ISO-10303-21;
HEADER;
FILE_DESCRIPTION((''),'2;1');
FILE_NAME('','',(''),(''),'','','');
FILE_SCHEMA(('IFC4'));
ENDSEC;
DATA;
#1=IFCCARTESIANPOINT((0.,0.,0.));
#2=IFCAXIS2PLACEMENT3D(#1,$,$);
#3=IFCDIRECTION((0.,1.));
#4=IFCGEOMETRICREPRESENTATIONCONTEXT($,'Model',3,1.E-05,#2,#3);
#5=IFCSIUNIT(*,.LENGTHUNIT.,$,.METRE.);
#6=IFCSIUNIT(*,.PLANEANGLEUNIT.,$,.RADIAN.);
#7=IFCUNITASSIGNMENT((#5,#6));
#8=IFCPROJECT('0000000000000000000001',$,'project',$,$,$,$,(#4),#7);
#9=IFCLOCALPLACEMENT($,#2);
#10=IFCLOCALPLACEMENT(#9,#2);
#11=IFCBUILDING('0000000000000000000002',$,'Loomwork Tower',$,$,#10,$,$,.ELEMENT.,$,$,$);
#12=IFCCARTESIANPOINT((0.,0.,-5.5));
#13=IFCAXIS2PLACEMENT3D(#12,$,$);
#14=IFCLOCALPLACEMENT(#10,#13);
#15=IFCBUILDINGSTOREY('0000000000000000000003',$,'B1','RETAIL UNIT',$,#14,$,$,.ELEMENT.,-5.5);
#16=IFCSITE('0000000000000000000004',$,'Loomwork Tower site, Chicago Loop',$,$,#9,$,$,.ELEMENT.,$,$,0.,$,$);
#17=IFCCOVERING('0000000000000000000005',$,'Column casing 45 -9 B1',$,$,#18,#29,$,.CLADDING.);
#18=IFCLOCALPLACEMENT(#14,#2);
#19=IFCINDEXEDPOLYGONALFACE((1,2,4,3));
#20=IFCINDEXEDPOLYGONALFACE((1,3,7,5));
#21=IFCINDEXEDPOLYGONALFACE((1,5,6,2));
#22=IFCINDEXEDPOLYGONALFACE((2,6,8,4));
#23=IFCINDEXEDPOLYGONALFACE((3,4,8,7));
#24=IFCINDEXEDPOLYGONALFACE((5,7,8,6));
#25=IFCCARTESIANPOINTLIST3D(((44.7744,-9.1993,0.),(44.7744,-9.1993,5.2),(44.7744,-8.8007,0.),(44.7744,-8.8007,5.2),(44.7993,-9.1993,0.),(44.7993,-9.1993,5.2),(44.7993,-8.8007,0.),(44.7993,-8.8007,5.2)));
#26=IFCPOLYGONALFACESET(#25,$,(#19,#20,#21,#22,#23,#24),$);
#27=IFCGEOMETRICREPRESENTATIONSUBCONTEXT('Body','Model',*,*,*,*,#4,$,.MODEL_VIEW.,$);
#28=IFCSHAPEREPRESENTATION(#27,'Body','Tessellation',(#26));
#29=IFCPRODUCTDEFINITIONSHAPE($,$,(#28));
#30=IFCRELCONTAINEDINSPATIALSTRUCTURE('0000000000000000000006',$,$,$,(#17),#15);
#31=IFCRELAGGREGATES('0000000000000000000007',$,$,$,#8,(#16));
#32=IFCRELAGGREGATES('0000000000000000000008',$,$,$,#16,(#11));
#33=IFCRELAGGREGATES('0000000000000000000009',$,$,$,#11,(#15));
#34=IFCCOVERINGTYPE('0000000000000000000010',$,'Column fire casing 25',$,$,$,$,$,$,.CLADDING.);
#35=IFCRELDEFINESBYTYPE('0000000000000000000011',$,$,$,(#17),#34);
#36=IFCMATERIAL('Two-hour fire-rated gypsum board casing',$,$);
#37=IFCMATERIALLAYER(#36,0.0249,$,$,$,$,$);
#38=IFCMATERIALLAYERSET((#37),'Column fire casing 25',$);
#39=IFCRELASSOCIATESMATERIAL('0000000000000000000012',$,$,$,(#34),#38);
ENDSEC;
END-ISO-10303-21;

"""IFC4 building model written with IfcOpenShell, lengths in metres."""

from ifc_helpers import new_model, si_unit, direction, frame, origin, origin_2d, place, context, subcontext, project, spatial, rectangle, extrude, material, layer, layer_set, type_object, element, save


model = new_model("IFC4")

# Units and contexts
model_context = context("Model", 3, precision=1e-05, world=origin(), true_north=direction((0.0, 1.0)))
body_context = subcontext(model_context, "Body", "Model", "MODEL_VIEW")
ifc_project = project(units=[si_unit("LENGTHUNIT", "METRE"), si_unit("PLANEANGLEUNIT", "RADIAN")], contexts=[model_context])

# Site, building, storey
site_placement = place(None, origin())
site = spatial("IfcSite", under=ifc_project, at=site_placement, Name="Loomwork Tower site, Chicago Loop", CompositionType="ELEMENT", RefElevation=0.0)
building_placement = place(site_placement, origin())
building = spatial("IfcBuilding", under=site, at=building_placement, Name="Loomwork Tower", CompositionType="ELEMENT")
storey_placement = place(building_placement, frame((0.0, 0.0, -5.5)))
storey = spatial("IfcBuildingStorey", under=building, at=storey_placement, Name="B1", Description="RETAIL UNIT", CompositionType="ELEMENT", Elevation=-5.5)

# Covering
ifc_material_1 = material(Name="Two-hour fire-rated gypsum board casing")
ifc_layer_1 = layer(ifc_material_1, 0.0249)
ifc_layer_set_1 = layer_set([ifc_layer_1], Name="Column fire casing 25")
covering_type = type_object("IfcCoveringType", Name="Column fire casing 25", PredefinedType="CLADDING", material=ifc_layer_set_1)
covering_1_placement = place(storey_placement, frame((44.7869, -9.0, 0.0), z_axis=(0.0, 0.0, 1.0), x_axis=(1.0, 0.0, 0.0)))
element("IfcCovering", 1, at=covering_1_placement, inside=storey, type_object=covering_type, Name="Column casing 45 -9 B1", PredefinedType="CLADDING", context=body_context, shape_type="SweptSolid", body=[
    extrude(rectangle(XDim=0.0249, YDim=0.3987, at=origin_2d()), origin(), (0.0, 0.0, 1.0), 5.2),
])

save(model, "model.ifc")
